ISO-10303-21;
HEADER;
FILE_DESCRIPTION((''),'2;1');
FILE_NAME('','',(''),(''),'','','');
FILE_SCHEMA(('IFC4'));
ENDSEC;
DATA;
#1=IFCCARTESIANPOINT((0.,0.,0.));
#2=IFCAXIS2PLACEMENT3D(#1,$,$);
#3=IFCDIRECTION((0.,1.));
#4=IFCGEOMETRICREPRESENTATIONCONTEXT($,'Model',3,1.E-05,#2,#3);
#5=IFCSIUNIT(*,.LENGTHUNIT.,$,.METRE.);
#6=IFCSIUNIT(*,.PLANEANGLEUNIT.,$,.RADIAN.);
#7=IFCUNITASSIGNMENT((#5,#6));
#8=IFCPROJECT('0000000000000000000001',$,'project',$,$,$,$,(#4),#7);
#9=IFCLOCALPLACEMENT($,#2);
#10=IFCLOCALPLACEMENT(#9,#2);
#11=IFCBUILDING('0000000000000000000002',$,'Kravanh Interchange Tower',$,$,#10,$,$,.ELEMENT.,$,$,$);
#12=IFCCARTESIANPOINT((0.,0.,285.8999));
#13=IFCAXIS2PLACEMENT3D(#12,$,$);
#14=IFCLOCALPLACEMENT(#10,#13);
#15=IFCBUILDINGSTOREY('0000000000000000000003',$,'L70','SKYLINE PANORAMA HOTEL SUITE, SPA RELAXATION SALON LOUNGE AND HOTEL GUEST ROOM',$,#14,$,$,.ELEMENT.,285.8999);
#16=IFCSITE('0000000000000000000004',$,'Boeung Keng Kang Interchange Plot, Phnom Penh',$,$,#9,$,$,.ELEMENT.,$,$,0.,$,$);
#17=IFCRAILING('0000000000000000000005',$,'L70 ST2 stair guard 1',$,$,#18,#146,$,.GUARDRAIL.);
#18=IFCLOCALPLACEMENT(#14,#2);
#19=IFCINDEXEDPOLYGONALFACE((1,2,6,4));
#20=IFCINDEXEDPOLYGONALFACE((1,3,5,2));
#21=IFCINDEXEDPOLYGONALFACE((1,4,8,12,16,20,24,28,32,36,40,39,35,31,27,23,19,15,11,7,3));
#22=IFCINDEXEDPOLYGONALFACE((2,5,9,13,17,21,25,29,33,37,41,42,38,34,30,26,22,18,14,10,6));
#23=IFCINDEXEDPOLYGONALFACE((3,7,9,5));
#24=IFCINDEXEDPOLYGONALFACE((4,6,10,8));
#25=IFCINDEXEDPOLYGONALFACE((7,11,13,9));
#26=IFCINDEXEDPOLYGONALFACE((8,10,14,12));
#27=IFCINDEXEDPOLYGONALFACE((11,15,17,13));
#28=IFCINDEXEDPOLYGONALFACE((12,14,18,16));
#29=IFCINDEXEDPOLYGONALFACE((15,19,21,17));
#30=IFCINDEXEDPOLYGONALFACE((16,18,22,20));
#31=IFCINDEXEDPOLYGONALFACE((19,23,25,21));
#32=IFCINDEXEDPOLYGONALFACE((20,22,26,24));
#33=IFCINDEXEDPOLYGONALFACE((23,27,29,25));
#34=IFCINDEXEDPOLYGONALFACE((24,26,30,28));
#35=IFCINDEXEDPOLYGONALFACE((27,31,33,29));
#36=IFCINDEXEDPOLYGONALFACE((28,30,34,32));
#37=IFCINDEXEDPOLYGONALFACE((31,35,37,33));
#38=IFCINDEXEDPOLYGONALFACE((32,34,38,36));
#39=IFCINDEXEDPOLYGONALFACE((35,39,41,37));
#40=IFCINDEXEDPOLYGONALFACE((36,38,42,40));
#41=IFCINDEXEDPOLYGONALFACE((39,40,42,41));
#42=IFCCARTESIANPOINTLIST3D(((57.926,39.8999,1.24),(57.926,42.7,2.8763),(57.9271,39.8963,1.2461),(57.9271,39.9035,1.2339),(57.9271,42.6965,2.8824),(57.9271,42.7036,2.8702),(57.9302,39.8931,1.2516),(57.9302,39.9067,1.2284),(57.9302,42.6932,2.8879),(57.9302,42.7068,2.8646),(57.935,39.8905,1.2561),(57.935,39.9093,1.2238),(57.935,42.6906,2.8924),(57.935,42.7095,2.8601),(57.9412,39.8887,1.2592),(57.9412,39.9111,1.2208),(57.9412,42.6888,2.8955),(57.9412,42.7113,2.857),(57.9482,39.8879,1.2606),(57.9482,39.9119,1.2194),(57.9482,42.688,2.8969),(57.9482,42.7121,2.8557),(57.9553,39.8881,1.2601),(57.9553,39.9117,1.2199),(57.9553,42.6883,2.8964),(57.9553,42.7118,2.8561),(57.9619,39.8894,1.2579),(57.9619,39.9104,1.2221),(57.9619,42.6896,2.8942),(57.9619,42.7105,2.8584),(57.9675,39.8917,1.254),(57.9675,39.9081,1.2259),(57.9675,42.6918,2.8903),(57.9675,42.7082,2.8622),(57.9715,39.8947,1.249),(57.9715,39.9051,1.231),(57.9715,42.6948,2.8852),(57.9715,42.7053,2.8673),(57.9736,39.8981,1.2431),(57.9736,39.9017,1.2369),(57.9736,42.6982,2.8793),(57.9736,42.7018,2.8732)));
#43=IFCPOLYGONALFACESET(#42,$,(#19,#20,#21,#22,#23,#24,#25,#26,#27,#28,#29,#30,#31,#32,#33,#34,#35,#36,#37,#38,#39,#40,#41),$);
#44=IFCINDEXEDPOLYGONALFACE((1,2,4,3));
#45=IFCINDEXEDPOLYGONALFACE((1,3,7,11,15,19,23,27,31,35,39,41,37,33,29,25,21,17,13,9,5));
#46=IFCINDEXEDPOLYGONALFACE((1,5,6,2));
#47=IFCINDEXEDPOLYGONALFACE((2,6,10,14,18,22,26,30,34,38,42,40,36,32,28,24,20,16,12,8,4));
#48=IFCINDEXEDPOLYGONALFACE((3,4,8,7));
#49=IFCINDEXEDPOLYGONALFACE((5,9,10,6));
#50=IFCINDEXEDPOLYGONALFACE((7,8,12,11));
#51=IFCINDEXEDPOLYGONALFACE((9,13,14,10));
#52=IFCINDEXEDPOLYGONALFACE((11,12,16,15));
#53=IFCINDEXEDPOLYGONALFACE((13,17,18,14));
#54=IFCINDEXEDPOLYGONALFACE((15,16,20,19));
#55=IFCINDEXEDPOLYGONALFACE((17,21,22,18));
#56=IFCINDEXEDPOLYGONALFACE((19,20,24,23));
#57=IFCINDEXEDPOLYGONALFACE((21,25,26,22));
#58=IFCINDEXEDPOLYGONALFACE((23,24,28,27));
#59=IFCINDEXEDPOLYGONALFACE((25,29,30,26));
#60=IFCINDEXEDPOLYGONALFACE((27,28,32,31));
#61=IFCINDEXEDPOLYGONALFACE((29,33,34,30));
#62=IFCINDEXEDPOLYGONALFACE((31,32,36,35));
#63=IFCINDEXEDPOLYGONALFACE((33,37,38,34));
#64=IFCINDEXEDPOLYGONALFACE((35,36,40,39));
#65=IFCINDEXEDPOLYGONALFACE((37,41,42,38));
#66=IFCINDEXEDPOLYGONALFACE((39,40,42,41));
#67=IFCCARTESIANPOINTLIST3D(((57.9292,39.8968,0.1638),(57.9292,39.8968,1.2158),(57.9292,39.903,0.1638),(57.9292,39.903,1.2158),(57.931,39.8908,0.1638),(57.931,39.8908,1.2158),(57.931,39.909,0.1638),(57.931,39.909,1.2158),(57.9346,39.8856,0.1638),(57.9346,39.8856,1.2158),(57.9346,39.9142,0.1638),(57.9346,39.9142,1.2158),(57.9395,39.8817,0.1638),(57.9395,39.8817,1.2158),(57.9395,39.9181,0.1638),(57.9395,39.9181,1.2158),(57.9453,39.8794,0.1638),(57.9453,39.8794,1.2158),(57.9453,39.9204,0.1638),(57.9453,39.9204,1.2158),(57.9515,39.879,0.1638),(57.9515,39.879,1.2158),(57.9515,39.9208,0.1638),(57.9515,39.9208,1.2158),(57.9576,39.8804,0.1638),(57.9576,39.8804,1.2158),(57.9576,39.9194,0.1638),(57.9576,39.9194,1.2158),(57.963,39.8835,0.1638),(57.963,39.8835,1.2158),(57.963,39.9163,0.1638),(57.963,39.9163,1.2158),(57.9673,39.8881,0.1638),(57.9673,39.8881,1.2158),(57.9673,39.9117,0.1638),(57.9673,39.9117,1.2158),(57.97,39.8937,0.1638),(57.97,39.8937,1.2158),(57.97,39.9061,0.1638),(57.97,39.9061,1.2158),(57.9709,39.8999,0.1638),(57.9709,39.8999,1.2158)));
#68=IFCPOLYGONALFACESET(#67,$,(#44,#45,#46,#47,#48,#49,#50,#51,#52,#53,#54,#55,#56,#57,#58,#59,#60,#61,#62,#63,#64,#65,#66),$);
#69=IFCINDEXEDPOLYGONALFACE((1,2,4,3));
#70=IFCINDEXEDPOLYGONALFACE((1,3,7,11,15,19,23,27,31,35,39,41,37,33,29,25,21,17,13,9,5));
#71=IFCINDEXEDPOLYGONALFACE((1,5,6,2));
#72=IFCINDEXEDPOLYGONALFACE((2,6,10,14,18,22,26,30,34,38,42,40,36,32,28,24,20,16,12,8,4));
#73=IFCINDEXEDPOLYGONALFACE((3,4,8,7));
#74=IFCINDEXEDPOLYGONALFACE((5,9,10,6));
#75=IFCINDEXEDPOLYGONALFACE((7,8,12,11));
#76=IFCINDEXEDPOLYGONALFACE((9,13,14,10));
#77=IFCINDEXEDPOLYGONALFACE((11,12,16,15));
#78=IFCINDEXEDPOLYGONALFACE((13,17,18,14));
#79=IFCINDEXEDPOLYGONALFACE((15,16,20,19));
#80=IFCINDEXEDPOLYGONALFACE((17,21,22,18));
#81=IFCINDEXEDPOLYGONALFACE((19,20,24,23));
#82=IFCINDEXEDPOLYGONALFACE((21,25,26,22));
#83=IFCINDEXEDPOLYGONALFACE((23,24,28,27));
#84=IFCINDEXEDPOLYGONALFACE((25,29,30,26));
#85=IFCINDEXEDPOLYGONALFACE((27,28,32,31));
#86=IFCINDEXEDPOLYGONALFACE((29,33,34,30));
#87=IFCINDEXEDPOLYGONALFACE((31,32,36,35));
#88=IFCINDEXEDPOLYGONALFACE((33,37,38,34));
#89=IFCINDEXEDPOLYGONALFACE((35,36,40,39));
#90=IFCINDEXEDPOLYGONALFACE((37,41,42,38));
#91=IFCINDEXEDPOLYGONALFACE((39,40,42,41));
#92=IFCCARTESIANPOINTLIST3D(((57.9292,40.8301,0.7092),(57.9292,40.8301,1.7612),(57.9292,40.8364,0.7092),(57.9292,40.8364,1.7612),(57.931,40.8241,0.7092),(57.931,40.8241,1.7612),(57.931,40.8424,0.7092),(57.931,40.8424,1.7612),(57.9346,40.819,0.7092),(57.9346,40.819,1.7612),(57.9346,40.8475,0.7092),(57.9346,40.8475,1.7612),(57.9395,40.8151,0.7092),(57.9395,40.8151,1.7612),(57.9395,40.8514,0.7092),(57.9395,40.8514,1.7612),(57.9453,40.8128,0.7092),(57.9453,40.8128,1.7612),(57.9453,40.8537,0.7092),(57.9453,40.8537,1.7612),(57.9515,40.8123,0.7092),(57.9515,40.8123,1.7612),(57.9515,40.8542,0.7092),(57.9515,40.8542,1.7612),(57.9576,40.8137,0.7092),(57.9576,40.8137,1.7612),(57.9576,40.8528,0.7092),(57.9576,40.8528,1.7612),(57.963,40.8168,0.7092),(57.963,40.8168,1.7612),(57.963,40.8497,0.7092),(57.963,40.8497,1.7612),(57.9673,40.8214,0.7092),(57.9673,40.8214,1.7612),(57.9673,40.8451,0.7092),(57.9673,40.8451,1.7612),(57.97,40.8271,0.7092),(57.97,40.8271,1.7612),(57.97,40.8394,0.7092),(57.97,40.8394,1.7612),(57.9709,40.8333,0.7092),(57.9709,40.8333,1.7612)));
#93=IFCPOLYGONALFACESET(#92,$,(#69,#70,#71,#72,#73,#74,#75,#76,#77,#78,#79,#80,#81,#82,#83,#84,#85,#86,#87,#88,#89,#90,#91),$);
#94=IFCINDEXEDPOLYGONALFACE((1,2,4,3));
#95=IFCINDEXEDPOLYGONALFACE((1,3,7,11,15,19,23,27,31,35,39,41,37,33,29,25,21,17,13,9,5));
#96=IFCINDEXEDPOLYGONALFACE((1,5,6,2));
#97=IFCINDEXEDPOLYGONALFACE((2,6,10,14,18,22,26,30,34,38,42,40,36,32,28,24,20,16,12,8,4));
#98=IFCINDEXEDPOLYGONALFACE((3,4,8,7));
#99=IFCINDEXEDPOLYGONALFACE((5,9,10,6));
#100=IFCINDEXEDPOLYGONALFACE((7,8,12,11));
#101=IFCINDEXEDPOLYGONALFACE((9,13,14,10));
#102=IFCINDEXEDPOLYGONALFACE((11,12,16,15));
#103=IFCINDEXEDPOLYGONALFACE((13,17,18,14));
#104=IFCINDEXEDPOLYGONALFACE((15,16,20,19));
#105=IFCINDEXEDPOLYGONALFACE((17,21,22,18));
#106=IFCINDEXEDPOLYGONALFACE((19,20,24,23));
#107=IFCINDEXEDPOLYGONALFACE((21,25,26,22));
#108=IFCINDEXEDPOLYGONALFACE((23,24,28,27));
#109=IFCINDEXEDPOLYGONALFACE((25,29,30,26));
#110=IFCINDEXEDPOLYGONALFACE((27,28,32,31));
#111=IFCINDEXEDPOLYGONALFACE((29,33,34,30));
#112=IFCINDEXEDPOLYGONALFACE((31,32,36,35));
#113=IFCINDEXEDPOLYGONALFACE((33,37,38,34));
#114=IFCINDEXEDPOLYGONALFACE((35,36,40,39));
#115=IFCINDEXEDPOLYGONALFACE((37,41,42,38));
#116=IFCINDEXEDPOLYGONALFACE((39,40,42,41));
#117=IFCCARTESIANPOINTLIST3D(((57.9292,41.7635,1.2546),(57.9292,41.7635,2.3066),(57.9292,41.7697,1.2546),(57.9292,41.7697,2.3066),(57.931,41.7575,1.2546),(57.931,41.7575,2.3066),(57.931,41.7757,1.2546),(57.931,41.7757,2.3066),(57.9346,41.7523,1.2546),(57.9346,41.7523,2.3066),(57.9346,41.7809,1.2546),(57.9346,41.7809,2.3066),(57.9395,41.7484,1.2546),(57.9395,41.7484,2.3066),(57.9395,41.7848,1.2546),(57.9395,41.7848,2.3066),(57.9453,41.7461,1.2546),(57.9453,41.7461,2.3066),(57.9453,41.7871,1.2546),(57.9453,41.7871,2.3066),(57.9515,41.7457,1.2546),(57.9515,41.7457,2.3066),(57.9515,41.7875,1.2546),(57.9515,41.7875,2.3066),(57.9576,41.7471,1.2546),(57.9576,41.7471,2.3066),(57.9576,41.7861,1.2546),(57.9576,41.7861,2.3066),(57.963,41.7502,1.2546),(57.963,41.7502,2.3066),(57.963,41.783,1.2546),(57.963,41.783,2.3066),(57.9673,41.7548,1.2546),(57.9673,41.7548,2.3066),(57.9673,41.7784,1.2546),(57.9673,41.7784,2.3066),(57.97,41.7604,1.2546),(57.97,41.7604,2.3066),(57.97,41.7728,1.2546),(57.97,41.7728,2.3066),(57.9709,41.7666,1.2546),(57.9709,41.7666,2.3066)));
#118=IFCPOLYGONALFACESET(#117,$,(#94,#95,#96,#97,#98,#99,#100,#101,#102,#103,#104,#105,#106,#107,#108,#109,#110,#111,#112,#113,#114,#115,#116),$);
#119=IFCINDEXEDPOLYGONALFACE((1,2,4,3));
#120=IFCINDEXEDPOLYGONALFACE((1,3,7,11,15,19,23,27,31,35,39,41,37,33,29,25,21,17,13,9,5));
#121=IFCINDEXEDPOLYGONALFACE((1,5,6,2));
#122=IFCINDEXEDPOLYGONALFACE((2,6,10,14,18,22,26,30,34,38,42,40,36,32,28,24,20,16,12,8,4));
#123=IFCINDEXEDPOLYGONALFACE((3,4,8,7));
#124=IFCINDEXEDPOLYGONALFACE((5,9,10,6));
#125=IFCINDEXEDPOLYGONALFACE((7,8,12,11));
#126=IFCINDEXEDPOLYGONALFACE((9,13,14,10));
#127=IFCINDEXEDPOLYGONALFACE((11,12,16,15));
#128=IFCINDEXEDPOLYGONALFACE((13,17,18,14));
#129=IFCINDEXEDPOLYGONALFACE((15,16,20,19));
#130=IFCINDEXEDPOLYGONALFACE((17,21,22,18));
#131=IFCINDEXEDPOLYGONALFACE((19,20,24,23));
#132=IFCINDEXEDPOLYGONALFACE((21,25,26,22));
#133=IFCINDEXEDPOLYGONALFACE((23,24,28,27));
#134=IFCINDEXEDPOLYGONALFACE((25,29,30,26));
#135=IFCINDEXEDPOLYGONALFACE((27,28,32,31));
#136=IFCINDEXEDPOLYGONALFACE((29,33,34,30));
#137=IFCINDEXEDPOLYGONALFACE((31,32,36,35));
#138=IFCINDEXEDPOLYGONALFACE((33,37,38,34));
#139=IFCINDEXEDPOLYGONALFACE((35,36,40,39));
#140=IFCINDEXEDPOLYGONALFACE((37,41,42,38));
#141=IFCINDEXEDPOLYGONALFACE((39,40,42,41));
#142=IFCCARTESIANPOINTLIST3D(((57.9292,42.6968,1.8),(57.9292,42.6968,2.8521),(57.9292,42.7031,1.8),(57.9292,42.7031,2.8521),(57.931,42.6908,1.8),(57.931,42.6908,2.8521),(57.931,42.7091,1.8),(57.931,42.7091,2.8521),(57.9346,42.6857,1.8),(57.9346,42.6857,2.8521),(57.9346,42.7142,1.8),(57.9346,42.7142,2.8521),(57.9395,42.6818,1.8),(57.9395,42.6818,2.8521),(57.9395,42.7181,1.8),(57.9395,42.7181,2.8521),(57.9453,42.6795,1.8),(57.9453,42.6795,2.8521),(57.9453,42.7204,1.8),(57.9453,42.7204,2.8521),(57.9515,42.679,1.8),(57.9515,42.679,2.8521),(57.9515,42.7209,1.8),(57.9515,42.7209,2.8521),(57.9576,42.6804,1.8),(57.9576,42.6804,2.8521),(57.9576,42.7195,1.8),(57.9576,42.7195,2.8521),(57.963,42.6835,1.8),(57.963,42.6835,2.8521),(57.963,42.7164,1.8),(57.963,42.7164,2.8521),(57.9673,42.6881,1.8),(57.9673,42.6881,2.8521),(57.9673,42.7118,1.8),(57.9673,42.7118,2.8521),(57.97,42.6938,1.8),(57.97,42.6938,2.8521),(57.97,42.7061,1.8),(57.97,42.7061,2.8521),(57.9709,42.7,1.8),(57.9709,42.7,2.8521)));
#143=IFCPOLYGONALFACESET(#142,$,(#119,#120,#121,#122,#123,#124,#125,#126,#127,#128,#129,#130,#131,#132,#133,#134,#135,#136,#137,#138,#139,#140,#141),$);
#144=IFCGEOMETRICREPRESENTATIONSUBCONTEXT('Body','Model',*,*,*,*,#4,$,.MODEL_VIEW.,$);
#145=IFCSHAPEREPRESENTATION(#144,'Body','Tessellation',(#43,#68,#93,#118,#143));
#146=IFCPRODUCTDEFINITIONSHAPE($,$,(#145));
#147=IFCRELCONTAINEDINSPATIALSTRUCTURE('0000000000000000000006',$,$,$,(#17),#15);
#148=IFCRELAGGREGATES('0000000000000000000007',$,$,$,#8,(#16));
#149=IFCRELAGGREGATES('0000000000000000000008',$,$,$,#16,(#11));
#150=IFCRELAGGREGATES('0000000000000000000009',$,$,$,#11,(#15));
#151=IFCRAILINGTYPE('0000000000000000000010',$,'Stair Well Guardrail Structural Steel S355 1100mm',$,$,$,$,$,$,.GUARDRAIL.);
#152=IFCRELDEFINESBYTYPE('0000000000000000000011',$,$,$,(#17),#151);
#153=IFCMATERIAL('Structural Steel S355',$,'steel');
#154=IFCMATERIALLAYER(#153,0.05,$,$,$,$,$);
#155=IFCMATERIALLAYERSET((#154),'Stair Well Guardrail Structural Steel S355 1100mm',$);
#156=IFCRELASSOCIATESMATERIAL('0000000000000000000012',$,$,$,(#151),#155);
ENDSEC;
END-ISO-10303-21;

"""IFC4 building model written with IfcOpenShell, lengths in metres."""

from ifc_helpers import new_model, si_unit, direction, frame, origin, origin_2d, place, context, subcontext, project, spatial, circle, extrude, material, layer, layer_set, type_object, element, save


model = new_model("IFC4")

# Units and contexts
model_context = context("Model", 3, precision=1e-05, world=origin(), true_north=direction((0.0, 1.0)))
body_context = subcontext(model_context, "Body", "Model", "MODEL_VIEW")
ifc_project = project(units=[si_unit("LENGTHUNIT", "METRE"), si_unit("PLANEANGLEUNIT", "RADIAN")], contexts=[model_context])

# Site, building, storey
site_placement = place(None, origin())
site = spatial("IfcSite", under=ifc_project, at=site_placement, Name="Boeung Keng Kang Interchange Plot, Phnom Penh", CompositionType="ELEMENT", RefElevation=0.0)
building_placement = place(site_placement, origin())
building = spatial("IfcBuilding", under=site, at=building_placement, Name="Kravanh Interchange Tower", CompositionType="ELEMENT")
storey_placement = place(building_placement, frame((0.0, 0.0, 285.8999)))
storey = spatial("IfcBuildingStorey", under=building, at=storey_placement, Name="L70", Description="SKYLINE PANORAMA HOTEL SUITE, SPA RELAXATION SALON LOUNGE AND HOTEL GUEST ROOM", CompositionType="ELEMENT", Elevation=285.8999)

# Railing
ifc_material_1 = material(Name="Structural Steel S355", Category="steel")
ifc_layer_1 = layer(ifc_material_1, 0.05)
ifc_layer_set_1 = layer_set([ifc_layer_1], Name="Stair Well Guardrail Structural Steel S355 1100mm")
railing_type_1 = type_object("IfcRailingType", Name="Stair Well Guardrail Structural Steel S355 1100mm", PredefinedType="GUARDRAIL", material=ifc_layer_set_1)
railing_1_placement = place(storey_placement, frame((57.95, 39.8999, 0.1638)))
element("IfcRailing", 1, at=railing_1_placement, inside=storey, type_object=railing_type_1, Name="L70 ST2 stair guard 1", PredefinedType="GUARDRAIL", context=body_context, shape_type="SweptSolid", body=[
    extrude(circle(Radius=0.0239, at=origin_2d()), frame((0.0, 0.0, 1.0762), z_axis=(0.0, 0.863394, 0.504531), x_axis=(-1.0, 0.0, 0.0)), (0.0, 0.0, 1.0), 3.2432),
    extrude(circle(Radius=0.021, at=origin_2d()), origin(), (0.0, 0.0, 1.0), 1.052),
    extrude(circle(Radius=0.021, at=origin_2d()), frame((0.0, 0.9333, 0.5454)), (0.0, 0.0, 1.0), 1.052),
    extrude(circle(Radius=0.021, at=origin_2d()), frame((0.0, 1.8667, 1.0908)), (0.0, 0.0, 1.0), 1.052),
    extrude(circle(Radius=0.021, at=origin_2d()), frame((0.0, 2.8, 1.6362)), (0.0, 0.0, 1.0), 1.052),
])

save(model, "model.ifc")
